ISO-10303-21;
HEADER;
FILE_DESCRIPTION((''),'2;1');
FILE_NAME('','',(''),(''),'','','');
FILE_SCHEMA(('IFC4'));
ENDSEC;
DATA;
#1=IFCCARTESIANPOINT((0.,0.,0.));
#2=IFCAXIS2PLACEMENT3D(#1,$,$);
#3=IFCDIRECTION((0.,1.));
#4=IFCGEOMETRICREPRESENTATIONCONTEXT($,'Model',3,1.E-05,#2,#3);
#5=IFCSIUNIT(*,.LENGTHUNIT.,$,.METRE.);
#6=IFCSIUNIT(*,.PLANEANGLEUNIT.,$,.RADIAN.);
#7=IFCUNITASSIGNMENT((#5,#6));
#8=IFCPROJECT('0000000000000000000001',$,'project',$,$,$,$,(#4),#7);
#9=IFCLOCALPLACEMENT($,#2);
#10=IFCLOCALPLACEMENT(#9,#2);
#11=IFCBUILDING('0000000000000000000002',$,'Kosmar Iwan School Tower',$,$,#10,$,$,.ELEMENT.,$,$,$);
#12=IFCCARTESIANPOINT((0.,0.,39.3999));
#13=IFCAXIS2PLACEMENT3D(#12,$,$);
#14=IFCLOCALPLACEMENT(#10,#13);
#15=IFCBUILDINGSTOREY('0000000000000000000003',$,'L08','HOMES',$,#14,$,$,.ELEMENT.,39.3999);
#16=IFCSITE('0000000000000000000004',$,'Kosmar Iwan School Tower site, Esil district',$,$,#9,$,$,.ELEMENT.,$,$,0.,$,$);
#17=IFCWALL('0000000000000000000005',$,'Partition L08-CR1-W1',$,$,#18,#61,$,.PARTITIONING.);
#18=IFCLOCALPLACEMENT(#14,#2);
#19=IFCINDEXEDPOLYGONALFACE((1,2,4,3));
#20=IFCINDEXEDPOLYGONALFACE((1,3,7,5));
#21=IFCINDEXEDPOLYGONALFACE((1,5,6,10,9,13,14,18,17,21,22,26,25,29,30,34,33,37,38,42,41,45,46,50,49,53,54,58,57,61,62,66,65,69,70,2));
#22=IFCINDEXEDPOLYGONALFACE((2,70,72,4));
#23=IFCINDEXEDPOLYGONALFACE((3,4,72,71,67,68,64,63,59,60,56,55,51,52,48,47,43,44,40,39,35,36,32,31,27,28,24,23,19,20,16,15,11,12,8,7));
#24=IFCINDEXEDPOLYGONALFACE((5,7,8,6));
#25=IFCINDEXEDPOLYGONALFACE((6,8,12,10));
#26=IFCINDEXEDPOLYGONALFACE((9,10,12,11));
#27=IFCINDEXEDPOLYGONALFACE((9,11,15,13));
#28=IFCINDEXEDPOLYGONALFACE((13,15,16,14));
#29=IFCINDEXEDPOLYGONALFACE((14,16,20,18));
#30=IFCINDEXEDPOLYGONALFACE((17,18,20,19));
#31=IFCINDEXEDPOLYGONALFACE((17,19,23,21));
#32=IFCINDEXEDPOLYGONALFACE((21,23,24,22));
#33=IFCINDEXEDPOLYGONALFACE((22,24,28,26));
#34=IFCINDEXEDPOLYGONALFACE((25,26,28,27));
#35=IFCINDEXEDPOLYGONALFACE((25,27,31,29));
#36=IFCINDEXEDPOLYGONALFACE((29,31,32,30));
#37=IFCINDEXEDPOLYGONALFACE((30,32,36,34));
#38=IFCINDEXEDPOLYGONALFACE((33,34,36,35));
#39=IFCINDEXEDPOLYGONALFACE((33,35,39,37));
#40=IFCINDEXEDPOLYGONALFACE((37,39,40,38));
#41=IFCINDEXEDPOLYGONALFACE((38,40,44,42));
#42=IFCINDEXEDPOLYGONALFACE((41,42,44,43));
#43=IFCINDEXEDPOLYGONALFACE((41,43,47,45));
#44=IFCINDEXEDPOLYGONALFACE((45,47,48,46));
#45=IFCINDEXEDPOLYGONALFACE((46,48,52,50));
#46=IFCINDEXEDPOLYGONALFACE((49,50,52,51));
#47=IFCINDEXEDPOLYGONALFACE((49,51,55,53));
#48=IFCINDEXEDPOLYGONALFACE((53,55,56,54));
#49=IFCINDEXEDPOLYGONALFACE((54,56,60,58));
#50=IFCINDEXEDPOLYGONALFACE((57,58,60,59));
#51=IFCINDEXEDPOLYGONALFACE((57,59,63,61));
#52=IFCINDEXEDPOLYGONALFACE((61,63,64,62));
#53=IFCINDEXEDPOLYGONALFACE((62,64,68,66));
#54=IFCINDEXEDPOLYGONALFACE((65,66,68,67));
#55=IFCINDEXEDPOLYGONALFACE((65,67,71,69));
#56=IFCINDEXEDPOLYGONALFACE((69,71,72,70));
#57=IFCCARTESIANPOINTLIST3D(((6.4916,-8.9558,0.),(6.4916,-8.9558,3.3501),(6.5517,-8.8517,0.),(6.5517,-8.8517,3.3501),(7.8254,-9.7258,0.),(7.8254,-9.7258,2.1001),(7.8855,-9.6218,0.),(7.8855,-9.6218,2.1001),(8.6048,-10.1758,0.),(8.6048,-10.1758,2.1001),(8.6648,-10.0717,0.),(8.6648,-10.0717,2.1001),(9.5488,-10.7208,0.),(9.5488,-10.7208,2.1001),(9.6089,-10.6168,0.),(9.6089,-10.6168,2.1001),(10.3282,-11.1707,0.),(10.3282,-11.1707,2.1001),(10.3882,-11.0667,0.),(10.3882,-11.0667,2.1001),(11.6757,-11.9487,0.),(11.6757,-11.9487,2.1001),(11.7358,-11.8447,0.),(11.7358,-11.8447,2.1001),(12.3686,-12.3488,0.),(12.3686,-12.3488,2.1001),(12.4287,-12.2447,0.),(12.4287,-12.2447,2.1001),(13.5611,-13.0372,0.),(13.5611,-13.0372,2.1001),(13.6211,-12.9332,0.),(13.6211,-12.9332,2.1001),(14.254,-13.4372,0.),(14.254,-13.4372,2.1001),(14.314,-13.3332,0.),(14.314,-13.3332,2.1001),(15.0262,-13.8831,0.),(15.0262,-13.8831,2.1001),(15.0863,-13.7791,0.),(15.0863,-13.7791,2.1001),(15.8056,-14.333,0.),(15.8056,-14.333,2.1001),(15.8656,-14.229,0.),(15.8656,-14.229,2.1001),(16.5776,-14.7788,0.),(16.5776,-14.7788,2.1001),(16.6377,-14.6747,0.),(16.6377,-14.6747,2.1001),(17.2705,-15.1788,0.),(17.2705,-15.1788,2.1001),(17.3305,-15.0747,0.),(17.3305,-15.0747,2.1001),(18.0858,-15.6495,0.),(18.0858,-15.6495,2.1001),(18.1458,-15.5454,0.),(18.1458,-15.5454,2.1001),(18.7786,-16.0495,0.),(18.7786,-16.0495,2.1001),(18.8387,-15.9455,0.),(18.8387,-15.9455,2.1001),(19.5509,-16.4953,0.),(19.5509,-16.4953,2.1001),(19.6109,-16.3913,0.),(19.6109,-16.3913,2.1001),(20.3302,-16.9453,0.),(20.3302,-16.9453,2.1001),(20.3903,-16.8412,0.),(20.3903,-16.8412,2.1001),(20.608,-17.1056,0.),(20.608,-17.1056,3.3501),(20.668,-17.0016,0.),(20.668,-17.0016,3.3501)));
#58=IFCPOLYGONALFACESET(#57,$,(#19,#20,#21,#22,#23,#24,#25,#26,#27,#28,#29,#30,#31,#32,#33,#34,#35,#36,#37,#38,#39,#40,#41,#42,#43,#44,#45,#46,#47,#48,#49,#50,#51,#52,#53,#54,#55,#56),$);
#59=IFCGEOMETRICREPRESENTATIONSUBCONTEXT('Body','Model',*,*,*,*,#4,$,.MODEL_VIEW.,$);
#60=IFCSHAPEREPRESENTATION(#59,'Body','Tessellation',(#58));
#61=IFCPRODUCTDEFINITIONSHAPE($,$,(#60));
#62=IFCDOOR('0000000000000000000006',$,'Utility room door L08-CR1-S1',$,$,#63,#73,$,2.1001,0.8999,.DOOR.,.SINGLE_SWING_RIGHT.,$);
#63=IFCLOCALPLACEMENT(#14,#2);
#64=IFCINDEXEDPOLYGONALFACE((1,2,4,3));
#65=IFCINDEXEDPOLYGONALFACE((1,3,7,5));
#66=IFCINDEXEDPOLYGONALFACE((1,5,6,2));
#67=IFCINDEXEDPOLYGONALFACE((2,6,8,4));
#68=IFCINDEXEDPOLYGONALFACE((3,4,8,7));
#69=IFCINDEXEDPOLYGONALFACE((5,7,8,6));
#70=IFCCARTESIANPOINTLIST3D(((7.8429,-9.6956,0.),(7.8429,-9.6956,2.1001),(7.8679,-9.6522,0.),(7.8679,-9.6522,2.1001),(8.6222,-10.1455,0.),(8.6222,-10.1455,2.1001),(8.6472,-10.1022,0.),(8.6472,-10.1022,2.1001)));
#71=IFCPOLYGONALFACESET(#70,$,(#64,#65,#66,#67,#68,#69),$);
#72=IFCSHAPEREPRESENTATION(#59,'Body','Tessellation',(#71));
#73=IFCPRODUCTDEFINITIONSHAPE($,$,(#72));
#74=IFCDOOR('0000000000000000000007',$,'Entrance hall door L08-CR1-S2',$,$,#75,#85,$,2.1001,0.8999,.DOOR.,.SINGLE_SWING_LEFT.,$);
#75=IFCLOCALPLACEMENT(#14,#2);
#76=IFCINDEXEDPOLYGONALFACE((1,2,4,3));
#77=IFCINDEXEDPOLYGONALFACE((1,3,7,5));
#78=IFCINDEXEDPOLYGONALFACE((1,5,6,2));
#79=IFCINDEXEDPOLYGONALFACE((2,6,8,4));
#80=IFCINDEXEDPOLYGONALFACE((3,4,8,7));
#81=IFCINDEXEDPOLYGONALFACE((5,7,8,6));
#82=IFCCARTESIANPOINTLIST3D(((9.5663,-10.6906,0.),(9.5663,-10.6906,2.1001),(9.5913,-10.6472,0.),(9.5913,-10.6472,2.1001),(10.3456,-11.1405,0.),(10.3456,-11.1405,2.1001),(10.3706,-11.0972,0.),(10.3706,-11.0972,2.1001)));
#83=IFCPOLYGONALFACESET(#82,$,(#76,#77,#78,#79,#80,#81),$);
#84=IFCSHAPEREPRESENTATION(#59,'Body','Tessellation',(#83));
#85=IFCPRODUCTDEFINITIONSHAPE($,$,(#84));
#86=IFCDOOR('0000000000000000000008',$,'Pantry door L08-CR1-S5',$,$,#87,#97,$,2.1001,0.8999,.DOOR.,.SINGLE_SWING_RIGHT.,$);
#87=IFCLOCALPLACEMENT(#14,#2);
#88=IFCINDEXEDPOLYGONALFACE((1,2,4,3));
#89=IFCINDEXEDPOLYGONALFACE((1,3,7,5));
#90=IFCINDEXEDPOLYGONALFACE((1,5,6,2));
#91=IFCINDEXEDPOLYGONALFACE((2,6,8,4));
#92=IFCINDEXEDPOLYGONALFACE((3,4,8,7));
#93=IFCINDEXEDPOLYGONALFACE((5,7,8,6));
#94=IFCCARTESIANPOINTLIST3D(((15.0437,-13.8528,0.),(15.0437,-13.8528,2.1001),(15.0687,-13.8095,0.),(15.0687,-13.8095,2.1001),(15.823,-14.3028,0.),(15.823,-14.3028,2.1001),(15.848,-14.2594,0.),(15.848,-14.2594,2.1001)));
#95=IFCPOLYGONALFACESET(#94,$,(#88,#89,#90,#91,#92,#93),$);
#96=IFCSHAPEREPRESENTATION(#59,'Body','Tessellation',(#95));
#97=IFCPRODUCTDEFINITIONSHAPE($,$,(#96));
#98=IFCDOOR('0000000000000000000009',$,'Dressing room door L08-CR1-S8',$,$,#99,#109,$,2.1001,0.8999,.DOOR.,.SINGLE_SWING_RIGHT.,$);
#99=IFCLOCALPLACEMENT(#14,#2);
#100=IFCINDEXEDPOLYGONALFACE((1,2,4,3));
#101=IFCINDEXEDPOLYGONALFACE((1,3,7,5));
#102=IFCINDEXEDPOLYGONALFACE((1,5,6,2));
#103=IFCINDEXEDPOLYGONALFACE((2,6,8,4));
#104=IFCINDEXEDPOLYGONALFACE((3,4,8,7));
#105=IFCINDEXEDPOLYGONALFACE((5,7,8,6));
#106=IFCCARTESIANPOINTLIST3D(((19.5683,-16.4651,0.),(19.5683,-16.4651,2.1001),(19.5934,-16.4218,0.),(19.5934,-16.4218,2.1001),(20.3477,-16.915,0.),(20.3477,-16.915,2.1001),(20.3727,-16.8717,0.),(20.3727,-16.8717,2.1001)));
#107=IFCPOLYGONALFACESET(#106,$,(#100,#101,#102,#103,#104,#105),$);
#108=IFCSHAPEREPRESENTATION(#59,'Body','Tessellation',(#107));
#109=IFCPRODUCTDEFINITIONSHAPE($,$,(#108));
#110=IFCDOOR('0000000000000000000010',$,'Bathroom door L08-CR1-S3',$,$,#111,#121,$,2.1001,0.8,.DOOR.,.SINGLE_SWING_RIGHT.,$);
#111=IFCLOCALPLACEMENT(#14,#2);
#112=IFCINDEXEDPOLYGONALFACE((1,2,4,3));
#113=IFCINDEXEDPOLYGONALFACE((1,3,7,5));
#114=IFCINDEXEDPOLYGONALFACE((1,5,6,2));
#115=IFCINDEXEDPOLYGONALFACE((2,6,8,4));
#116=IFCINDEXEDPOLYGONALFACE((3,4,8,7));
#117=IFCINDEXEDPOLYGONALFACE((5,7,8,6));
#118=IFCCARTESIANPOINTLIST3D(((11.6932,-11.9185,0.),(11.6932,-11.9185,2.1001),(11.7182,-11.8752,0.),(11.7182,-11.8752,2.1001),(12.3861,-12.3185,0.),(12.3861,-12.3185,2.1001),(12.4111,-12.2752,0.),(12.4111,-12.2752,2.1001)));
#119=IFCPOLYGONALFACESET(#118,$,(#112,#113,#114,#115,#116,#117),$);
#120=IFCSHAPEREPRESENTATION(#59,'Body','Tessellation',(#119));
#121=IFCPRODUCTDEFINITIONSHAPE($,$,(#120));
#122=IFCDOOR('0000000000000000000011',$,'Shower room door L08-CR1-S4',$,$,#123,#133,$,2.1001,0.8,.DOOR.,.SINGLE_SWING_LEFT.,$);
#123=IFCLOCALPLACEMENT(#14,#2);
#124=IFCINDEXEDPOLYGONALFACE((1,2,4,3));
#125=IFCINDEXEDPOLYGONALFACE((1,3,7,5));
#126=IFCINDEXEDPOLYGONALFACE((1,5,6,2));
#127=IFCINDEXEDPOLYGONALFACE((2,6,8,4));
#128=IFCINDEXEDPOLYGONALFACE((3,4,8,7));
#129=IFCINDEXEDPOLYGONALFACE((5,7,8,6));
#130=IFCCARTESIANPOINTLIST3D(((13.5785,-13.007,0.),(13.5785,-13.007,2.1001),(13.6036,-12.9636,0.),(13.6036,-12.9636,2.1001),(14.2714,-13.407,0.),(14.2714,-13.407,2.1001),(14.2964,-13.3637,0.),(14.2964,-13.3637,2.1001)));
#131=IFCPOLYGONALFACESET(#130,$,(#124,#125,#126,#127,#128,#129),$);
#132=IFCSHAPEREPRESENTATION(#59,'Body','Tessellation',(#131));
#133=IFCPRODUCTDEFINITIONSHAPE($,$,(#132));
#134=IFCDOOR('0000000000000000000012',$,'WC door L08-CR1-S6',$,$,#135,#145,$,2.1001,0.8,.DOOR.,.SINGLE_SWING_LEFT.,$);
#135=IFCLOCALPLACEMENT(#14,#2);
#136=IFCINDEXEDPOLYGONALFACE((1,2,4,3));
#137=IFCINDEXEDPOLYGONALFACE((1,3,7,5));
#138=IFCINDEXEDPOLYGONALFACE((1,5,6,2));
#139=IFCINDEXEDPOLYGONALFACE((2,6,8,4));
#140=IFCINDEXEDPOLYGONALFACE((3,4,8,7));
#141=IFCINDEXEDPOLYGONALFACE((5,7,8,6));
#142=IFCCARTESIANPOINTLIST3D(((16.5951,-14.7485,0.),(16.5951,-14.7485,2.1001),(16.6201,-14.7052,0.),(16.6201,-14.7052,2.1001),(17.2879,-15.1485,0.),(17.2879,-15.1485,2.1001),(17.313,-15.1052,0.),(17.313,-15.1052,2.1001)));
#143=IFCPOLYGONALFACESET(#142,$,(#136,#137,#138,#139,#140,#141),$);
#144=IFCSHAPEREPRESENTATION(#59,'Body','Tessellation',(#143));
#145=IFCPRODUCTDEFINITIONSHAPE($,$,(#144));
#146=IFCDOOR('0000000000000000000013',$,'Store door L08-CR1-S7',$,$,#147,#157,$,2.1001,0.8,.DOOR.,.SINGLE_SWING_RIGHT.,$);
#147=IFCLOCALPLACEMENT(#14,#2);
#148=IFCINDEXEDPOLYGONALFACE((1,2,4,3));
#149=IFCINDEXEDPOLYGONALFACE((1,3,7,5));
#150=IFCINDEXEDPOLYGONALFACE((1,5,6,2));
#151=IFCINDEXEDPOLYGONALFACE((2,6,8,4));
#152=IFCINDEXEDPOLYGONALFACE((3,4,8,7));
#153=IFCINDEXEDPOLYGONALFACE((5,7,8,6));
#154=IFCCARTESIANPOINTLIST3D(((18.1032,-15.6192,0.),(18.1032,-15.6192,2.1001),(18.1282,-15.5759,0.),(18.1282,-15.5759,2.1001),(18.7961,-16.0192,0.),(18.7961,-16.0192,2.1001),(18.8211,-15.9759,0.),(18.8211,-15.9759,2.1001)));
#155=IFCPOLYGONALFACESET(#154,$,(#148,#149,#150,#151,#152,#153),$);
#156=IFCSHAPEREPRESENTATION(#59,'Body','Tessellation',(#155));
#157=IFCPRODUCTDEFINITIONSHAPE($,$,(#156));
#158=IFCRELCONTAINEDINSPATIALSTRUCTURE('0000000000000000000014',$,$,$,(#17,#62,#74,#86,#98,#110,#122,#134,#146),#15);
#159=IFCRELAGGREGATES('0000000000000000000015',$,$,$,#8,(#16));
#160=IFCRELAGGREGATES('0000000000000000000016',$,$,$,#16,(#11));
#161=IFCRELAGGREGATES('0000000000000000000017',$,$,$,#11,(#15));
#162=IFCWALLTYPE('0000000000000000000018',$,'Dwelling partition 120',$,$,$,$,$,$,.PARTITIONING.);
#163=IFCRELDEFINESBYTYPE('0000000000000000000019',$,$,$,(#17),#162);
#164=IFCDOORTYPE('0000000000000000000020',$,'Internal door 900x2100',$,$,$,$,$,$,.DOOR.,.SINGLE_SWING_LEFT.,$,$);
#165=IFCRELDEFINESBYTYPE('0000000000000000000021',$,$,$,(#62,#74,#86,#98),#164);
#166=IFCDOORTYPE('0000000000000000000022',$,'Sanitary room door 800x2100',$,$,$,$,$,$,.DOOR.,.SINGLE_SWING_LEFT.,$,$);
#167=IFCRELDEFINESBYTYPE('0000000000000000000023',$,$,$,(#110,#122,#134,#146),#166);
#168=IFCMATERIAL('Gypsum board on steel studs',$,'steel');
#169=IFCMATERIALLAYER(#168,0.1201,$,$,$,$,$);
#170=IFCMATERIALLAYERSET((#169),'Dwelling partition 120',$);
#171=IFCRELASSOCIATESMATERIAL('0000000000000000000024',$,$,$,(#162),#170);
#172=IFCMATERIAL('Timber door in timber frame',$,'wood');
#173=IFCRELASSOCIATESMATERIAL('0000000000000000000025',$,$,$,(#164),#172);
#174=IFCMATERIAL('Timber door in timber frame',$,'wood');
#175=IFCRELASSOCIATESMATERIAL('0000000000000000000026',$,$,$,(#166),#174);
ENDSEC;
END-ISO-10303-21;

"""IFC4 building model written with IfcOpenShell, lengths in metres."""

from ifc_helpers import new_model, si_unit, direction, frame, frame_2d, origin, place, context, subcontext, project, spatial, rectangle, extrude, material, layer, layer_set, type_object, element, fill, save


model = new_model("IFC4")

# Units and contexts
model_context = context("Model", 3, precision=1e-05, world=origin(), true_north=direction((0.0, 1.0)))
body_context = subcontext(model_context, "Body", "Model", "MODEL_VIEW")
ifc_project = project(units=[si_unit("LENGTHUNIT", "METRE"), si_unit("PLANEANGLEUNIT", "RADIAN")], contexts=[model_context])

# Site, building, storey
site_placement = place(None, origin())
site = spatial("IfcSite", under=ifc_project, at=site_placement, Name="Kosmar Iwan School Tower site, Esil district", CompositionType="ELEMENT", RefElevation=0.0)
building_placement = place(site_placement, origin())
building = spatial("IfcBuilding", under=site, at=building_placement, Name="Kosmar Iwan School Tower", CompositionType="ELEMENT")
storey_placement = place(building_placement, frame((0.0, 0.0, 39.3999)))
storey = spatial("IfcBuildingStorey", under=building, at=storey_placement, Name="L08", Description="HOMES", CompositionType="ELEMENT", Elevation=39.3999)

# Wall, openings, doors
ifc_material_1 = material(Name="Gypsum board on steel studs", Category="steel")
ifc_layer_1 = layer(ifc_material_1, 0.1201)
ifc_layer_set_1 = layer_set([ifc_layer_1], Name="Dwelling partition 120")
wall_type_1 = type_object("IfcWallType", Name="Dwelling partition 120", PredefinedType="PARTITIONING", material=ifc_layer_set_1)
wall_1_placement = place(storey_placement, frame((6.5217, -8.9038, 0.0), z_axis=(0.0, 0.0, 1.0), x_axis=(0.866032, -0.499989, 0.0)))
wall_1 = element("IfcWall", 1, at=wall_1_placement, inside=storey, type_object=wall_type_1, Name="Partition L08-CR1-W1", PredefinedType="PARTITIONING", context=body_context, shape_type="SweptSolid", body=[
    extrude(rectangle(XDim=16.3, YDim=0.1201, at=frame_2d((8.1499, 0.0))), origin(), (0.0, 0.0, 1.0), 3.3501),
])
opening_1_placement = place(wall_1_placement, frame((1.54, 0.0, 0.0)))
opening_1 = element("IfcOpeningElement", 2, at=opening_1_placement, cuts=wall_1, PredefinedType="OPENING", context=body_context, shape_type="SweptSolid", body=[
    extrude(rectangle(XDim=0.8999, YDim=2.1001, at=frame_2d((0.45, 1.05))), frame((0.0, 0.072, 0.0), z_axis=(0.0, -1.0, 0.0), x_axis=(1.0, 0.0, 0.0)), (0.0, 0.0, 1.0), 0.144),
])
opening_2_placement = place(wall_1_placement, frame((3.53, 0.0, 0.0)))
opening_2 = element("IfcOpeningElement", 3, at=opening_2_placement, cuts=wall_1, PredefinedType="OPENING", context=body_context, shape_type="SweptSolid", body=[
    extrude(rectangle(XDim=0.8999, YDim=2.1001, at=frame_2d((0.45, 1.05))), frame((0.0, 0.072, 0.0), z_axis=(0.0, -1.0, 0.0), x_axis=(1.0, 0.0, 0.0)), (0.0, 0.0, 1.0), 0.144),
])
opening_3_placement = place(wall_1_placement, frame((5.9861, 0.0, 0.0)))
opening_3 = element("IfcOpeningElement", 4, at=opening_3_placement, cuts=wall_1, PredefinedType="OPENING", context=body_context, shape_type="SweptSolid", body=[
    extrude(rectangle(XDim=0.8, YDim=2.1001, at=frame_2d((0.3999, 1.05))), frame((0.0, 0.072, 0.0), z_axis=(0.0, -1.0, 0.0), x_axis=(1.0, 0.0, 0.0)), (0.0, 0.0, 1.0), 0.144),
])
opening_4_placement = place(wall_1_placement, frame((8.1631, 0.0, 0.0)))
opening_4 = element("IfcOpeningElement", 5, at=opening_4_placement, cuts=wall_1, PredefinedType="OPENING", context=body_context, shape_type="SweptSolid", body=[
    extrude(rectangle(XDim=0.8, YDim=2.1001, at=frame_2d((0.3999, 1.05))), frame((0.0, 0.072, 0.0), z_axis=(0.0, -1.0, 0.0), x_axis=(1.0, 0.0, 0.0)), (0.0, 0.0, 1.0), 0.144),
])
opening_5_placement = place(wall_1_placement, frame((9.8547, 0.0, 0.0)))
opening_5 = element("IfcOpeningElement", 6, at=opening_5_placement, cuts=wall_1, PredefinedType="OPENING", context=body_context, shape_type="SweptSolid", body=[
    extrude(rectangle(XDim=0.8999, YDim=2.1001, at=frame_2d((0.45, 1.05))), frame((0.0, 0.072, 0.0), z_axis=(0.0, -1.0, 0.0), x_axis=(1.0, 0.0, 0.0)), (0.0, 0.0, 1.0), 0.144),
])
opening_6_placement = place(wall_1_placement, frame((11.6462, 0.0, 0.0)))
opening_6 = element("IfcOpeningElement", 7, at=opening_6_placement, cuts=wall_1, PredefinedType="OPENING", context=body_context, shape_type="SweptSolid", body=[
    extrude(rectangle(XDim=0.8, YDim=2.1001, at=frame_2d((0.3999, 1.05))), frame((0.0, 0.072, 0.0), z_axis=(0.0, -1.0, 0.0), x_axis=(1.0, 0.0, 0.0)), (0.0, 0.0, 1.0), 0.144),
])
opening_7_placement = place(wall_1_placement, frame((13.3877, 0.0, 0.0)))
opening_7 = element("IfcOpeningElement", 8, at=opening_7_placement, cuts=wall_1, PredefinedType="OPENING", context=body_context, shape_type="SweptSolid", body=[
    extrude(rectangle(XDim=0.8, YDim=2.1001, at=frame_2d((0.3999, 1.05))), frame((0.0, 0.072, 0.0), z_axis=(0.0, -1.0, 0.0), x_axis=(1.0, 0.0, 0.0)), (0.0, 0.0, 1.0), 0.144),
])
opening_8_placement = place(wall_1_placement, frame((15.0793, 0.0, 0.0)))
opening_8 = element("IfcOpeningElement", 9, at=opening_8_placement, cuts=wall_1, PredefinedType="OPENING", context=body_context, shape_type="SweptSolid", body=[
    extrude(rectangle(XDim=0.8999, YDim=2.1001, at=frame_2d((0.45, 1.05))), frame((0.0, 0.072, 0.0), z_axis=(0.0, -1.0, 0.0), x_axis=(1.0, 0.0, 0.0)), (0.0, 0.0, 1.0), 0.144),
])
ifc_material_2 = material(Name="Timber door in timber frame", Category="wood")
door_type_1 = type_object("IfcDoorType", Name="Internal door 900x2100", OperationType="SINGLE_SWING_LEFT", PredefinedType="DOOR", material=ifc_material_2)
door_1_placement = place(opening_1_placement, origin())
door_1 = element("IfcDoor", 10, at=door_1_placement, inside=storey, type_object=door_type_1, Name="Utility room door L08-CR1-S1", OperationType="SINGLE_SWING_RIGHT", OverallHeight=2.1001, OverallWidth=0.8999, PredefinedType="DOOR", context=body_context, shape_type="SweptSolid", body=[
    extrude(rectangle(XDim=0.8999, YDim=2.1001, at=frame_2d((0.45, 1.05))), frame((0.0, 0.0249, 0.0), z_axis=(0.0, -1.0, 0.0), x_axis=(1.0, 0.0, 0.0)), (0.0, 0.0, 1.0), 0.05),
])
fill(opening_1, door_1)
door_2_placement = place(opening_2_placement, origin())
door_2 = element("IfcDoor", 11, at=door_2_placement, inside=storey, type_object=door_type_1, Name="Entrance hall door L08-CR1-S2", OperationType="SINGLE_SWING_LEFT", OverallHeight=2.1001, OverallWidth=0.8999, PredefinedType="DOOR", context=body_context, shape_type="SweptSolid", body=[
    extrude(rectangle(XDim=0.8999, YDim=2.1001, at=frame_2d((0.45, 1.05))), frame((0.0, 0.0249, 0.0), z_axis=(0.0, -1.0, 0.0), x_axis=(1.0, 0.0, 0.0)), (0.0, 0.0, 1.0), 0.05),
])
fill(opening_2, door_2)
door_3_placement = place(opening_5_placement, origin())
door_3 = element("IfcDoor", 12, at=door_3_placement, inside=storey, type_object=door_type_1, Name="Pantry door L08-CR1-S5", OperationType="SINGLE_SWING_RIGHT", OverallHeight=2.1001, OverallWidth=0.8999, PredefinedType="DOOR", context=body_context, shape_type="SweptSolid", body=[
    extrude(rectangle(XDim=0.8999, YDim=2.1001, at=frame_2d((0.45, 1.05))), frame((0.0, 0.0249, 0.0), z_axis=(0.0, -1.0, 0.0), x_axis=(1.0, 0.0, 0.0)), (0.0, 0.0, 1.0), 0.05),
])
fill(opening_5, door_3)
door_4_placement = place(opening_8_placement, origin())
door_4 = element("IfcDoor", 13, at=door_4_placement, inside=storey, type_object=door_type_1, Name="Dressing room door L08-CR1-S8", OperationType="SINGLE_SWING_RIGHT", OverallHeight=2.1001, OverallWidth=0.8999, PredefinedType="DOOR", context=body_context, shape_type="SweptSolid", body=[
    extrude(rectangle(XDim=0.8999, YDim=2.1001, at=frame_2d((0.45, 1.05))), frame((0.0, 0.0249, 0.0), z_axis=(0.0, -1.0, 0.0), x_axis=(1.0, 0.0, 0.0)), (0.0, 0.0, 1.0), 0.05),
])
fill(opening_8, door_4)
ifc_material_3 = material(Name="Timber door in timber frame", Category="wood")
door_type_2 = type_object("IfcDoorType", Name="Sanitary room door 800x2100", OperationType="SINGLE_SWING_LEFT", PredefinedType="DOOR", material=ifc_material_3)
door_5_placement = place(opening_3_placement, origin())
door_5 = element("IfcDoor", 14, at=door_5_placement, inside=storey, type_object=door_type_2, Name="Bathroom door L08-CR1-S3", OperationType="SINGLE_SWING_RIGHT", OverallHeight=2.1001, OverallWidth=0.8, PredefinedType="DOOR", context=body_context, shape_type="SweptSolid", body=[
    extrude(rectangle(XDim=0.8, YDim=2.1001, at=frame_2d((0.3999, 1.05))), frame((0.0, 0.0249, 0.0), z_axis=(0.0, -1.0, 0.0), x_axis=(1.0, 0.0, 0.0)), (0.0, 0.0, 1.0), 0.05),
])
fill(opening_3, door_5)
door_6_placement = place(opening_4_placement, origin())
door_6 = element("IfcDoor", 15, at=door_6_placement, inside=storey, type_object=door_type_2, Name="Shower room door L08-CR1-S4", OperationType="SINGLE_SWING_LEFT", OverallHeight=2.1001, OverallWidth=0.8, PredefinedType="DOOR", context=body_context, shape_type="SweptSolid", body=[
    extrude(rectangle(XDim=0.8, YDim=2.1001, at=frame_2d((0.3999, 1.05))), frame((0.0, 0.0249, 0.0), z_axis=(0.0, -1.0, 0.0), x_axis=(1.0, 0.0, 0.0)), (0.0, 0.0, 1.0), 0.05),
])
fill(opening_4, door_6)
door_7_placement = place(opening_6_placement, origin())
door_7 = element("IfcDoor", 16, at=door_7_placement, inside=storey, type_object=door_type_2, Name="WC door L08-CR1-S6", OperationType="SINGLE_SWING_LEFT", OverallHeight=2.1001, OverallWidth=0.8, PredefinedType="DOOR", context=body_context, shape_type="SweptSolid", body=[
    extrude(rectangle(XDim=0.8, YDim=2.1001, at=frame_2d((0.3999, 1.05))), frame((0.0, 0.0249, 0.0), z_axis=(0.0, -1.0, 0.0), x_axis=(1.0, 0.0, 0.0)), (0.0, 0.0, 1.0), 0.05),
])
fill(opening_6, door_7)
door_8_placement = place(opening_7_placement, origin())
door_8 = element("IfcDoor", 17, at=door_8_placement, inside=storey, type_object=door_type_2, Name="Store door L08-CR1-S7", OperationType="SINGLE_SWING_RIGHT", OverallHeight=2.1001, OverallWidth=0.8, PredefinedType="DOOR", context=body_context, shape_type="SweptSolid", body=[
    extrude(rectangle(XDim=0.8, YDim=2.1001, at=frame_2d((0.3999, 1.05))), frame((0.0, 0.0249, 0.0), z_axis=(0.0, -1.0, 0.0), x_axis=(1.0, 0.0, 0.0)), (0.0, 0.0, 1.0), 0.05),
])
fill(opening_7, door_8)

save(model, "model.ifc")
